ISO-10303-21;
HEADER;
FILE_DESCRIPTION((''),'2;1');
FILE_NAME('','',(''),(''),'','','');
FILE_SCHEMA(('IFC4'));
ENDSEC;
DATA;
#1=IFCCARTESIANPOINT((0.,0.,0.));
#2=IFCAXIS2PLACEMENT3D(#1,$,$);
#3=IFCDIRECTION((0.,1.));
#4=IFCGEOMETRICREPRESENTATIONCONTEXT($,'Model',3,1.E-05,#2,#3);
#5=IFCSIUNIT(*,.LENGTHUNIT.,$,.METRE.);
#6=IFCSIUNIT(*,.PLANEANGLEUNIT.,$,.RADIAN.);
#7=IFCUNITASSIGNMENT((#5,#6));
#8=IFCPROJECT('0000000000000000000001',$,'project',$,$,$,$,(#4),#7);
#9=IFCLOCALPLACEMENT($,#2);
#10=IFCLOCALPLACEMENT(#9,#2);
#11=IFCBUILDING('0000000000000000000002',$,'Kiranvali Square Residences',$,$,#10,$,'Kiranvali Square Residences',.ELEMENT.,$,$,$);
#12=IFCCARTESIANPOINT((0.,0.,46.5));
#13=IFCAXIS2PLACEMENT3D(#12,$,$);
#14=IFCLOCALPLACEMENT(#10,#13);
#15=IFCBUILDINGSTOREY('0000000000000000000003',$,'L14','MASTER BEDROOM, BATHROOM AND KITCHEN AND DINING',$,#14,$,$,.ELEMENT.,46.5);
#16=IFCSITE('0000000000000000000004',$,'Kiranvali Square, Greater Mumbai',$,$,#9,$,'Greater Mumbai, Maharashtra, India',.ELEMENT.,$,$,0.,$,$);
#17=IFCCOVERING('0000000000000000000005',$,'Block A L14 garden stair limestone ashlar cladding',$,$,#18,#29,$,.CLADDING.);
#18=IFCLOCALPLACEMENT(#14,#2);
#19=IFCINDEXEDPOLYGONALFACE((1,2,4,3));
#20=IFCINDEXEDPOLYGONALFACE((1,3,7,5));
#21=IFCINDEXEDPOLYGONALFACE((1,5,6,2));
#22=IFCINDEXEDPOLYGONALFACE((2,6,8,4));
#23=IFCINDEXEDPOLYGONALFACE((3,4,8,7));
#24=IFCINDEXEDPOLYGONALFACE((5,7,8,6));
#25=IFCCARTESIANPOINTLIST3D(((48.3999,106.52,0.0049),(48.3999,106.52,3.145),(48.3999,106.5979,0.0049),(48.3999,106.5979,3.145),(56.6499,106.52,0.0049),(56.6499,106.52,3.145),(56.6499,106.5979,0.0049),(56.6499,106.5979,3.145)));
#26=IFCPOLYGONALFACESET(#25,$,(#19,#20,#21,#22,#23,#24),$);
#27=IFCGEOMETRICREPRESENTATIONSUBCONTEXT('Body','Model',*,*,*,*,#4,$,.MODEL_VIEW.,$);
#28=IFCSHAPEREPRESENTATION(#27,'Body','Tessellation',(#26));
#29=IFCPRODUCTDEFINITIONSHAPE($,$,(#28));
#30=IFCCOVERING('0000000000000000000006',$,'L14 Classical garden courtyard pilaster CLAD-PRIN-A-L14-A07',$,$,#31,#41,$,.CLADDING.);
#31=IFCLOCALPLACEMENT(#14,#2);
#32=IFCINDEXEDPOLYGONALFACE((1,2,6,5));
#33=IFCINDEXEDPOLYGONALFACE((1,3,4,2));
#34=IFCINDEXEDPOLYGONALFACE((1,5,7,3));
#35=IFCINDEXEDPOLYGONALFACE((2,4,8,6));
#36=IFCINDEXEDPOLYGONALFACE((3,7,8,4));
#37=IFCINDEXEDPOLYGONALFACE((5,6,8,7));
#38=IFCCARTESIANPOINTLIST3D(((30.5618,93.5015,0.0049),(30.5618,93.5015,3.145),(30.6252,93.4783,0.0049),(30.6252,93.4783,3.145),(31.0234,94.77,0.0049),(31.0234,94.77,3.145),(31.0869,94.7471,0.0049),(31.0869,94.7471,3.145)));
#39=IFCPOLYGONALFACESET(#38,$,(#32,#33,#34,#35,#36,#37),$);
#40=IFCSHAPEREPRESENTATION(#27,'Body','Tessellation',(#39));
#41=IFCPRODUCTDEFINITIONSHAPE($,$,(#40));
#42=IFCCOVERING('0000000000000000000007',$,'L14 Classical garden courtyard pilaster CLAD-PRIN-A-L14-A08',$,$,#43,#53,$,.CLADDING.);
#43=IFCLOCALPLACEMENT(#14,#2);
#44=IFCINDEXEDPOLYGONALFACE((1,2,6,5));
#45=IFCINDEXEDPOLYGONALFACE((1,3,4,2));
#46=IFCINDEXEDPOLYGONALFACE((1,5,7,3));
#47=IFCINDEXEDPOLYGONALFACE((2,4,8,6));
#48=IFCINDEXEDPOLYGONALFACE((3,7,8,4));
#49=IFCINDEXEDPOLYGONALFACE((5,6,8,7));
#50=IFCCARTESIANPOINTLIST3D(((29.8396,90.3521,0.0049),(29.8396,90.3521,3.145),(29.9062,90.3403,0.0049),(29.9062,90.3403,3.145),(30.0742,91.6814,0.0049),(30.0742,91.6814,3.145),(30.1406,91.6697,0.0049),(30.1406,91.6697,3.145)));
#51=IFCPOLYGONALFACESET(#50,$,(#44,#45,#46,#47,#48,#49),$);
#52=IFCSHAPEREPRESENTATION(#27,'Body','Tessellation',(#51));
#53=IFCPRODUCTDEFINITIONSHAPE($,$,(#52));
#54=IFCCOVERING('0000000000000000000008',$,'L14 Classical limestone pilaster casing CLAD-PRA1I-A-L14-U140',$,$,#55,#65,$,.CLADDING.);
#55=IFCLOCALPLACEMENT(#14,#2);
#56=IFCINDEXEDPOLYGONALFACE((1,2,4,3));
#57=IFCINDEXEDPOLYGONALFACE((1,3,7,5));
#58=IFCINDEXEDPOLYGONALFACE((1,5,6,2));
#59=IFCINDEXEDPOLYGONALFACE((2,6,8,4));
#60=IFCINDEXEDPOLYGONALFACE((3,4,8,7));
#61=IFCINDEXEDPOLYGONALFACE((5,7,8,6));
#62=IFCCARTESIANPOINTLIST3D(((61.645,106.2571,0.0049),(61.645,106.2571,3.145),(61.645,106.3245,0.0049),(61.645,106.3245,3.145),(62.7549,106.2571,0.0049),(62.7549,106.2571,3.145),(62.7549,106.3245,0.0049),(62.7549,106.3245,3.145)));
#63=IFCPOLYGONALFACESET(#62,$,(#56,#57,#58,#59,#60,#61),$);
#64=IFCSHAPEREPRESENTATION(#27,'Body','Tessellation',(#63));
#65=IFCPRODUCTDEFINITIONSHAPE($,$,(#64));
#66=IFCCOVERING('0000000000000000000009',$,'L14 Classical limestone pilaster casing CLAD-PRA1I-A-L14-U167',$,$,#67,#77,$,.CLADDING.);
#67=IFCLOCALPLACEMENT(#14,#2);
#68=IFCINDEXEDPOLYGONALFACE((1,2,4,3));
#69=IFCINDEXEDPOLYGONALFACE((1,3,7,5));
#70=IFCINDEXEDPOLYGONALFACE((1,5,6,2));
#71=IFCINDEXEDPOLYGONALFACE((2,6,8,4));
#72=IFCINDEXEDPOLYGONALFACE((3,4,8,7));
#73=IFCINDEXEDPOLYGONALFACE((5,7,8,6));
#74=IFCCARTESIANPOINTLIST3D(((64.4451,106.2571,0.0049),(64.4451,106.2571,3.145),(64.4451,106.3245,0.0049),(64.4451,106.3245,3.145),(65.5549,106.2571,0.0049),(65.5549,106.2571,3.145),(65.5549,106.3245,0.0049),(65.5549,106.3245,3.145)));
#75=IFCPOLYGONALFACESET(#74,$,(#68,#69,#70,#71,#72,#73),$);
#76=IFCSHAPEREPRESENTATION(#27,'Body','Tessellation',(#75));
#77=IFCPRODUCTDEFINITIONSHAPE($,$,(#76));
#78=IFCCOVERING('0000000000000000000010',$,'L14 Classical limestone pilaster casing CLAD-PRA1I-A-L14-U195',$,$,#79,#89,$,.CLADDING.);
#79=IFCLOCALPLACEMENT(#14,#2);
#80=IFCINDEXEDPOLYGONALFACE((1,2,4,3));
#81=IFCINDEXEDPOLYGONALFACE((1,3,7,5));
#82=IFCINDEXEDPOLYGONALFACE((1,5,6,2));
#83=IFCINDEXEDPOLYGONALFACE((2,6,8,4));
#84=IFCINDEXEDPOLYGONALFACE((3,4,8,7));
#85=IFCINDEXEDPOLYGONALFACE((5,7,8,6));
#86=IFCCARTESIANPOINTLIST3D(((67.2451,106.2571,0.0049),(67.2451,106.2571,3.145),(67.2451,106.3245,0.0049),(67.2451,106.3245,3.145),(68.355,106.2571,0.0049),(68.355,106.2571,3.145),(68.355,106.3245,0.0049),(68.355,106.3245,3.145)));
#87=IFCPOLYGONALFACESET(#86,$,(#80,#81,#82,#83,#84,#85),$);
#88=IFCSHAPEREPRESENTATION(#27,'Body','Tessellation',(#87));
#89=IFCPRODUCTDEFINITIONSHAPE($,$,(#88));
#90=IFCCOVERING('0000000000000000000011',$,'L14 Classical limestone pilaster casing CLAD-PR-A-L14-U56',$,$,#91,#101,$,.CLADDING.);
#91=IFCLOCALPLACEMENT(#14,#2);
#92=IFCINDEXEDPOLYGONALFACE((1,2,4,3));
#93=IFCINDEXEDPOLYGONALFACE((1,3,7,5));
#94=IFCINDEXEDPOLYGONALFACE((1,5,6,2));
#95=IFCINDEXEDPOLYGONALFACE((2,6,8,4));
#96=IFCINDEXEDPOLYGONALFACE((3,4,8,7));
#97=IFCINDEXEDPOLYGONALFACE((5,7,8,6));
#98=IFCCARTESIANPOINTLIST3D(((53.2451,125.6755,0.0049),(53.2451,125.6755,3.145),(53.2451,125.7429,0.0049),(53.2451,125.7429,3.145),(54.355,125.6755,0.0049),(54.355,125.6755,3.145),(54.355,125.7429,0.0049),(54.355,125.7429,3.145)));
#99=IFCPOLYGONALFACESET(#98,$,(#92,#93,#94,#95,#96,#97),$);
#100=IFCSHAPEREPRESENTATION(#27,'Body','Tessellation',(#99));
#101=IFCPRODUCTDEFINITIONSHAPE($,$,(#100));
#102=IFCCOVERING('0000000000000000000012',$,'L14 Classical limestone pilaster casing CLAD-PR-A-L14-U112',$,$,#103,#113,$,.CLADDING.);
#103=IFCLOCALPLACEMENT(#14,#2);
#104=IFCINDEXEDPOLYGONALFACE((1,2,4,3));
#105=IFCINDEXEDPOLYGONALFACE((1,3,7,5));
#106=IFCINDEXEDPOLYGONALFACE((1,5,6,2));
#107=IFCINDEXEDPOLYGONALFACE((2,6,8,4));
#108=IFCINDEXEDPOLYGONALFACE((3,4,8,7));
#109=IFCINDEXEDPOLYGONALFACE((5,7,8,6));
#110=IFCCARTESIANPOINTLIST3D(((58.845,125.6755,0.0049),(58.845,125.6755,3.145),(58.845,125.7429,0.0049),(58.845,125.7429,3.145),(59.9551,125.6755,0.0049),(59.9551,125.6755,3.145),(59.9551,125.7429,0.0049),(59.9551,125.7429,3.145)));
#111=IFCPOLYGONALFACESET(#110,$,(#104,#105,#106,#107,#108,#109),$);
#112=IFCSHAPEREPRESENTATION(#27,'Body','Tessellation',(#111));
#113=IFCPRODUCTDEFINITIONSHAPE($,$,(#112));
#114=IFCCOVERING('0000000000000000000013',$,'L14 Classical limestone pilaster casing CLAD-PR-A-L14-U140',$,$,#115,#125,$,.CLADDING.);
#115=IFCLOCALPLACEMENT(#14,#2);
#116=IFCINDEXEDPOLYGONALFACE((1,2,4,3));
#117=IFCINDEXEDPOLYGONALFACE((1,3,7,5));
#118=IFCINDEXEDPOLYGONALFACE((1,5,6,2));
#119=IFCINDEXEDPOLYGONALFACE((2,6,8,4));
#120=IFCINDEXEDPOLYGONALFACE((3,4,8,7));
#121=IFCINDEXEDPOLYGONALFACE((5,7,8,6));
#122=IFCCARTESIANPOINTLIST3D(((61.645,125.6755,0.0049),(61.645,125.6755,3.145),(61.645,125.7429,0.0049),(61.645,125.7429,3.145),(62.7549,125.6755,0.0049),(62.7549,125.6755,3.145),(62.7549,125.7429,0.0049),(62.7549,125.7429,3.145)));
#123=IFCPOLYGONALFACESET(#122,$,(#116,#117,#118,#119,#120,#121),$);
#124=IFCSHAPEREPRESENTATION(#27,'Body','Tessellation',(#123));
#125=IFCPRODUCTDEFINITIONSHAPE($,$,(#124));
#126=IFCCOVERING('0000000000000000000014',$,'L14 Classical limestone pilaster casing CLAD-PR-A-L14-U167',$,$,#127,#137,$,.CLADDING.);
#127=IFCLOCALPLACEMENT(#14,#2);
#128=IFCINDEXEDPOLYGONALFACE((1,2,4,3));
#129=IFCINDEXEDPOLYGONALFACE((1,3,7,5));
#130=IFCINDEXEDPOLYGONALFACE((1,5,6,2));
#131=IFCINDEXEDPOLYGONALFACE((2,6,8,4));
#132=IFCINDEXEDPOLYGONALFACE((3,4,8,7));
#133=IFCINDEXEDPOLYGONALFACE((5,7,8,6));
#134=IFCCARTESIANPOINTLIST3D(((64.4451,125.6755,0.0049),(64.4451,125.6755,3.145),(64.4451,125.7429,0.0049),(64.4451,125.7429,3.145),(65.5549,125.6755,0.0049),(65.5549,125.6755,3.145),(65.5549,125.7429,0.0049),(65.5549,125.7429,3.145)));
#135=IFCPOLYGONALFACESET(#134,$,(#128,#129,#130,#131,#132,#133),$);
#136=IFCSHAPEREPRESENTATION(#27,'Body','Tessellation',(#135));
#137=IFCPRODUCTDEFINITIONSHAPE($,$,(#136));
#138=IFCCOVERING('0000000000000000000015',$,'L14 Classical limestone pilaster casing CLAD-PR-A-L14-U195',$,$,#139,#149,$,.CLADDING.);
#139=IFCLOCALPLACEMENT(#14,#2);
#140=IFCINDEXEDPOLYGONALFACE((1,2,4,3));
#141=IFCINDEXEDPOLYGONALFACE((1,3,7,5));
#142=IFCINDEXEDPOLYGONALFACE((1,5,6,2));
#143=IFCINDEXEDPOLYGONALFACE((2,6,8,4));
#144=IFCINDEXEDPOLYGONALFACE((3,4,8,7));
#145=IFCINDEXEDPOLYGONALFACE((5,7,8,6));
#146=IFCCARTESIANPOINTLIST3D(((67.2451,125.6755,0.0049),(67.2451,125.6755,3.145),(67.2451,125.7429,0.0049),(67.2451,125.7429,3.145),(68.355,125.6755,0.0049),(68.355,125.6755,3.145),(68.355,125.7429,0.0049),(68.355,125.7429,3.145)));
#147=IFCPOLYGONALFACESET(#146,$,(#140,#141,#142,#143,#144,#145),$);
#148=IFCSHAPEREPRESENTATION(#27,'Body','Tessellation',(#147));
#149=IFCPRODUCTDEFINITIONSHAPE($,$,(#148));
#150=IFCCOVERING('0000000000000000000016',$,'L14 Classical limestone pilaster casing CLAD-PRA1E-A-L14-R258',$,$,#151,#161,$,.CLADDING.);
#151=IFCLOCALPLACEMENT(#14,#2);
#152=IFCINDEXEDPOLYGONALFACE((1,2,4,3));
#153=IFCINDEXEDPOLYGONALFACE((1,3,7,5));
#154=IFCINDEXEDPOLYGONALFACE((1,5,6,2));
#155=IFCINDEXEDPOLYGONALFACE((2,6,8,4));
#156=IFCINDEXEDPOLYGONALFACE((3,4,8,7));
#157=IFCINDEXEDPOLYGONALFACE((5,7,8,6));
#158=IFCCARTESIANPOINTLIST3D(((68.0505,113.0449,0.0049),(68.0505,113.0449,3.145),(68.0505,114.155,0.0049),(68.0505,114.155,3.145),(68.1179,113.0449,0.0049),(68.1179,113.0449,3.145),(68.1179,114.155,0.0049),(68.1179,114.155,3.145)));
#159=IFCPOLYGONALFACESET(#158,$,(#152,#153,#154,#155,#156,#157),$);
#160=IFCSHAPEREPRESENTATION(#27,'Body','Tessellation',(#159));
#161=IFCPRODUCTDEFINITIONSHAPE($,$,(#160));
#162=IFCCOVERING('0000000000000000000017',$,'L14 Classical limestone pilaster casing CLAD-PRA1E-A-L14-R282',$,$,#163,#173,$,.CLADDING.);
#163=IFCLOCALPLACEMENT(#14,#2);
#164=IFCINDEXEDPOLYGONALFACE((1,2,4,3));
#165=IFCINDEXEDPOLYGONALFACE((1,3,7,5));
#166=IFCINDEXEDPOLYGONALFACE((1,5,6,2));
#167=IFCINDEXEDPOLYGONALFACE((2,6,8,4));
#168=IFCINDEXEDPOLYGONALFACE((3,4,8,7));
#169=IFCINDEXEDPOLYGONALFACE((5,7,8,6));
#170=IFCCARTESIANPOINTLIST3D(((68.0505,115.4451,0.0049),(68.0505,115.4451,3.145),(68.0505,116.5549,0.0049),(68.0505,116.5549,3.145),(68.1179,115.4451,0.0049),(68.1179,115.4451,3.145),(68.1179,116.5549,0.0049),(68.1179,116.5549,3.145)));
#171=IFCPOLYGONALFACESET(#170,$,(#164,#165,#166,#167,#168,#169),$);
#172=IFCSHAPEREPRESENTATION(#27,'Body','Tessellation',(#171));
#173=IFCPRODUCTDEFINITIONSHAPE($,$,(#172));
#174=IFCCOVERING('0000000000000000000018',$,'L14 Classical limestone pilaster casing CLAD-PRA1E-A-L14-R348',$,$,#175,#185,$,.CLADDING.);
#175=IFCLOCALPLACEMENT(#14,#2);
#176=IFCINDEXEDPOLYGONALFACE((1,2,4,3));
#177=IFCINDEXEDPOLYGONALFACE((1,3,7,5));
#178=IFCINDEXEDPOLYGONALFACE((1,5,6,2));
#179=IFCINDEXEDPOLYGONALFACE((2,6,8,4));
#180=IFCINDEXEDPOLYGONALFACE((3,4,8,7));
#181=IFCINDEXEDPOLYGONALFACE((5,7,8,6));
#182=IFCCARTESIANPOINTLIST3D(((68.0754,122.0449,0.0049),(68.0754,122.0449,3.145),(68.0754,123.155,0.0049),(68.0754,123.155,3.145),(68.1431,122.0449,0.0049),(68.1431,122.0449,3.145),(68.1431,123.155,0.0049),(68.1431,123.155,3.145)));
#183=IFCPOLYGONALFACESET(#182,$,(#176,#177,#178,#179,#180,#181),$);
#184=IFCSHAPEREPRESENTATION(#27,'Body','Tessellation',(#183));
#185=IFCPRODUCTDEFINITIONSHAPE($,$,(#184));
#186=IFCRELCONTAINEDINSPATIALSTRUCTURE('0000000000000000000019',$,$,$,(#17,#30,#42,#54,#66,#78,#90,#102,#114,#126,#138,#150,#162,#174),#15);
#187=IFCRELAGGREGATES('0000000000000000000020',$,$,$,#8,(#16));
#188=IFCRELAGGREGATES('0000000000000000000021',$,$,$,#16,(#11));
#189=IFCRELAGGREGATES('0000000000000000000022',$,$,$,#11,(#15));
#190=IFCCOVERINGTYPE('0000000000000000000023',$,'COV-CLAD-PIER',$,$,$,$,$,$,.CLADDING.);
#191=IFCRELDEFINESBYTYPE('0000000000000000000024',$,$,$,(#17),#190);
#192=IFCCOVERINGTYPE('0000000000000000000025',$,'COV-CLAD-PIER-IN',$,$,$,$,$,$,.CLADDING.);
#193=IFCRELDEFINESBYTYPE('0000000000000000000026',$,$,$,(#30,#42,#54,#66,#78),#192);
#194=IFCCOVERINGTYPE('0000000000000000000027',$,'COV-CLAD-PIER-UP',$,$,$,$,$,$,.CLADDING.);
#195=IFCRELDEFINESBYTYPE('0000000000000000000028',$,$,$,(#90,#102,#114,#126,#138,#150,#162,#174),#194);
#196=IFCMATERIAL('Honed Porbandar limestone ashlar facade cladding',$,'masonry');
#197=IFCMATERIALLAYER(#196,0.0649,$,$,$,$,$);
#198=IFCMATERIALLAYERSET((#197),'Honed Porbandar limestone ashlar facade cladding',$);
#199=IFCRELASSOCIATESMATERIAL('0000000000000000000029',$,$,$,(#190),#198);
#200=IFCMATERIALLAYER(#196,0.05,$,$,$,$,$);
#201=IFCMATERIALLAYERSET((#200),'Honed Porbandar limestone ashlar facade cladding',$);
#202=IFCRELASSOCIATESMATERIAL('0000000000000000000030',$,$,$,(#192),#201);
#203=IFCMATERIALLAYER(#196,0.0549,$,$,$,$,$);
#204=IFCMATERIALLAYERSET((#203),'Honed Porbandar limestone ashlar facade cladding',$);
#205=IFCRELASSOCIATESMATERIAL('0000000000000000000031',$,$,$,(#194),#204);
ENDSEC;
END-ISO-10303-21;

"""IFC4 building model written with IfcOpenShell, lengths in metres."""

from ifc_helpers import new_model, si_unit, direction, frame, origin, place, context, subcontext, project, spatial, polyline, outline, extrude, material, layer, layer_set, type_object, element, save


model = new_model("IFC4")

# Units and contexts
model_context = context("Model", 3, precision=1e-05, world=origin(), true_north=direction((0.0, 1.0)))
body_context = subcontext(model_context, "Body", "Model", "MODEL_VIEW")
ifc_project = project(units=[si_unit("LENGTHUNIT", "METRE"), si_unit("PLANEANGLEUNIT", "RADIAN")], contexts=[model_context])

# Site, building, storey
site_placement = place(None, origin())
site = spatial("IfcSite", under=ifc_project, at=site_placement, Name="Kiranvali Square, Greater Mumbai", LongName="Greater Mumbai, Maharashtra, India", CompositionType="ELEMENT", RefElevation=0.0)
building_placement = place(site_placement, origin())
building = spatial("IfcBuilding", under=site, at=building_placement, Name="Kiranvali Square Residences", LongName="Kiranvali Square Residences", CompositionType="ELEMENT")
storey_placement = place(building_placement, frame((0.0, 0.0, 46.5)))
storey = spatial("IfcBuildingStorey", under=building, at=storey_placement, Name="L14", Description="MASTER BEDROOM, BATHROOM AND KITCHEN AND DINING", CompositionType="ELEMENT", Elevation=46.5)

# Coverings
ifc_material = material(Name="Honed Porbandar limestone ashlar facade cladding", Category="masonry")
ifc_layer_1 = layer(ifc_material, 0.0649)
ifc_layer_set_1 = layer_set([ifc_layer_1], Name="Honed Porbandar limestone ashlar facade cladding")
covering_type_1 = type_object("IfcCoveringType", Name="COV-CLAD-PIER", PredefinedType="CLADDING", material=ifc_layer_set_1)
covering_1_placement = place(storey_placement, frame((0.0, 0.0, 0.0049)))
element("IfcCovering", 1, at=covering_1_placement, inside=storey, type_object=covering_type_1, Name="Block A L14 garden stair limestone ashlar cladding", PredefinedType="CLADDING", context=body_context, shape_type="SweptSolid", body=[
    extrude(outline(polyline([(48.3999, 106.52), (56.6499, 106.52), (56.6499, 106.5979), (48.3999, 106.5979), (48.3999, 106.52)])), origin(), (0.0, 0.0, 1.0), 3.1401),
])
ifc_layer_2 = layer(ifc_material, 0.05)
ifc_layer_set_2 = layer_set([ifc_layer_2], Name="Honed Porbandar limestone ashlar facade cladding")
covering_type_2 = type_object("IfcCoveringType", Name="COV-CLAD-PIER-IN", PredefinedType="CLADDING", material=ifc_layer_set_2)
covering_2_placement = place(storey_placement, frame((0.0, 0.0, 0.0049)))
element("IfcCovering", 2, at=covering_2_placement, inside=storey, type_object=covering_type_2, Name="L14 Classical garden courtyard pilaster CLAD-PRIN-A-L14-A07", PredefinedType="CLADDING", context=body_context, shape_type="SweptSolid", body=[
    extrude(outline(polyline([(30.6252, 93.4783), (31.0869, 94.7471), (31.0234, 94.77), (30.5618, 93.5015), (30.6252, 93.4783)])), origin(), (0.0, 0.0, 1.0), 3.1401),
])
covering_3_placement = place(storey_placement, frame((0.0, 0.0, 0.0049)))
element("IfcCovering", 3, at=covering_3_placement, inside=storey, type_object=covering_type_2, Name="L14 Classical garden courtyard pilaster CLAD-PRIN-A-L14-A08", PredefinedType="CLADDING", context=body_context, shape_type="SweptSolid", body=[
    extrude(outline(polyline([(29.9062, 90.3403), (30.1406, 91.6697), (30.0742, 91.6814), (29.8396, 90.3521), (29.9062, 90.3403)])), origin(), (0.0, 0.0, 1.0), 3.1401),
])
covering_4_placement = place(storey_placement, frame((0.0, 0.0, 0.0049)))
element("IfcCovering", 4, at=covering_4_placement, inside=storey, type_object=covering_type_2, Name="L14 Classical limestone pilaster casing CLAD-PRA1I-A-L14-U140", PredefinedType="CLADDING", context=body_context, shape_type="SweptSolid", body=[
    extrude(outline(polyline([(61.645, 106.2571), (62.7549, 106.2571), (62.7549, 106.3245), (61.645, 106.3245), (61.645, 106.2571)])), origin(), (0.0, 0.0, 1.0), 3.1401),
])
covering_5_placement = place(storey_placement, frame((0.0, 0.0, 0.0049)))
element("IfcCovering", 5, at=covering_5_placement, inside=storey, type_object=covering_type_2, Name="L14 Classical limestone pilaster casing CLAD-PRA1I-A-L14-U167", PredefinedType="CLADDING", context=body_context, shape_type="SweptSolid", body=[
    extrude(outline(polyline([(64.4451, 106.2571), (65.5549, 106.2571), (65.5549, 106.3245), (64.4451, 106.3245), (64.4451, 106.2571)])), origin(), (0.0, 0.0, 1.0), 3.1401),
])
covering_6_placement = place(storey_placement, frame((0.0, 0.0, 0.0049)))
element("IfcCovering", 6, at=covering_6_placement, inside=storey, type_object=covering_type_2, Name="L14 Classical limestone pilaster casing CLAD-PRA1I-A-L14-U195", PredefinedType="CLADDING", context=body_context, shape_type="SweptSolid", body=[
    extrude(outline(polyline([(67.2451, 106.2571), (68.355, 106.2571), (68.355, 106.3245), (67.2451, 106.3245), (67.2451, 106.2571)])), origin(), (0.0, 0.0, 1.0), 3.1401),
])
ifc_layer_3 = layer(ifc_material, 0.0549)
ifc_layer_set_3 = layer_set([ifc_layer_3], Name="Honed Porbandar limestone ashlar facade cladding")
covering_type_3 = type_object("IfcCoveringType", Name="COV-CLAD-PIER-UP", PredefinedType="CLADDING", material=ifc_layer_set_3)
covering_7_placement = place(storey_placement, frame((0.0, 0.0, 0.0049)))
element("IfcCovering", 7, at=covering_7_placement, inside=storey, type_object=covering_type_3, Name="L14 Classical limestone pilaster casing CLAD-PR-A-L14-U56", PredefinedType="CLADDING", context=body_context, shape_type="SweptSolid", body=[
    extrude(outline(polyline([(53.2451, 125.6755), (54.355, 125.6755), (54.355, 125.7429), (53.2451, 125.7429), (53.2451, 125.6755)])), origin(), (0.0, 0.0, 1.0), 3.1401),
])
covering_8_placement = place(storey_placement, frame((0.0, 0.0, 0.0049)))
element("IfcCovering", 8, at=covering_8_placement, inside=storey, type_object=covering_type_3, Name="L14 Classical limestone pilaster casing CLAD-PR-A-L14-U112", PredefinedType="CLADDING", context=body_context, shape_type="SweptSolid", body=[
    extrude(outline(polyline([(58.845, 125.6755), (59.9551, 125.6755), (59.9551, 125.7429), (58.845, 125.7429), (58.845, 125.6755)])), origin(), (0.0, 0.0, 1.0), 3.1401),
])
covering_9_placement = place(storey_placement, frame((0.0, 0.0, 0.0049)))
element("IfcCovering", 9, at=covering_9_placement, inside=storey, type_object=covering_type_3, Name="L14 Classical limestone pilaster casing CLAD-PR-A-L14-U140", PredefinedType="CLADDING", context=body_context, shape_type="SweptSolid", body=[
    extrude(outline(polyline([(61.645, 125.6755), (62.7549, 125.6755), (62.7549, 125.7429), (61.645, 125.7429), (61.645, 125.6755)])), origin(), (0.0, 0.0, 1.0), 3.1401),
])
covering_10_placement = place(storey_placement, frame((0.0, 0.0, 0.0049)))
element("IfcCovering", 10, at=covering_10_placement, inside=storey, type_object=covering_type_3, Name="L14 Classical limestone pilaster casing CLAD-PR-A-L14-U167", PredefinedType="CLADDING", context=body_context, shape_type="SweptSolid", body=[
    extrude(outline(polyline([(64.4451, 125.6755), (65.5549, 125.6755), (65.5549, 125.7429), (64.4451, 125.7429), (64.4451, 125.6755)])), origin(), (0.0, 0.0, 1.0), 3.1401),
])
covering_11_placement = place(storey_placement, frame((0.0, 0.0, 0.0049)))
element("IfcCovering", 11, at=covering_11_placement, inside=storey, type_object=covering_type_3, Name="L14 Classical limestone pilaster casing CLAD-PR-A-L14-U195", PredefinedType="CLADDING", context=body_context, shape_type="SweptSolid", body=[
    extrude(outline(polyline([(67.2451, 125.6755), (68.355, 125.6755), (68.355, 125.7429), (67.2451, 125.7429), (67.2451, 125.6755)])), origin(), (0.0, 0.0, 1.0), 3.1401),
])
covering_12_placement = place(storey_placement, frame((0.0, 0.0, 0.0049)))
element("IfcCovering", 12, at=covering_12_placement, inside=storey, type_object=covering_type_3, Name="L14 Classical limestone pilaster casing CLAD-PRA1E-A-L14-R258", PredefinedType="CLADDING", context=body_context, shape_type="SweptSolid", body=[
    extrude(outline(polyline([(68.1179, 113.0449), (68.1179, 114.155), (68.0505, 114.155), (68.0505, 113.0449), (68.1179, 113.0449)])), origin(), (0.0, 0.0, 1.0), 3.1401),
])
covering_13_placement = place(storey_placement, frame((0.0, 0.0, 0.0049)))
element("IfcCovering", 13, at=covering_13_placement, inside=storey, type_object=covering_type_3, Name="L14 Classical limestone pilaster casing CLAD-PRA1E-A-L14-R282", PredefinedType="CLADDING", context=body_context, shape_type="SweptSolid", body=[
    extrude(outline(polyline([(68.1179, 115.4451), (68.1179, 116.5549), (68.0505, 116.5549), (68.0505, 115.4451), (68.1179, 115.4451)])), origin(), (0.0, 0.0, 1.0), 3.1401),
])
covering_14_placement = place(storey_placement, frame((0.0, 0.0, 0.0049)))
element("IfcCovering", 14, at=covering_14_placement, inside=storey, type_object=covering_type_3, Name="L14 Classical limestone pilaster casing CLAD-PRA1E-A-L14-R348", PredefinedType="CLADDING", context=body_context, shape_type="SweptSolid", body=[
    extrude(outline(polyline([(68.1431, 122.0449), (68.1431, 123.155), (68.0754, 123.155), (68.0754, 122.0449), (68.1431, 122.0449)])), origin(), (0.0, 0.0, 1.0), 3.1401),
])

save(model, "model.ifc")
